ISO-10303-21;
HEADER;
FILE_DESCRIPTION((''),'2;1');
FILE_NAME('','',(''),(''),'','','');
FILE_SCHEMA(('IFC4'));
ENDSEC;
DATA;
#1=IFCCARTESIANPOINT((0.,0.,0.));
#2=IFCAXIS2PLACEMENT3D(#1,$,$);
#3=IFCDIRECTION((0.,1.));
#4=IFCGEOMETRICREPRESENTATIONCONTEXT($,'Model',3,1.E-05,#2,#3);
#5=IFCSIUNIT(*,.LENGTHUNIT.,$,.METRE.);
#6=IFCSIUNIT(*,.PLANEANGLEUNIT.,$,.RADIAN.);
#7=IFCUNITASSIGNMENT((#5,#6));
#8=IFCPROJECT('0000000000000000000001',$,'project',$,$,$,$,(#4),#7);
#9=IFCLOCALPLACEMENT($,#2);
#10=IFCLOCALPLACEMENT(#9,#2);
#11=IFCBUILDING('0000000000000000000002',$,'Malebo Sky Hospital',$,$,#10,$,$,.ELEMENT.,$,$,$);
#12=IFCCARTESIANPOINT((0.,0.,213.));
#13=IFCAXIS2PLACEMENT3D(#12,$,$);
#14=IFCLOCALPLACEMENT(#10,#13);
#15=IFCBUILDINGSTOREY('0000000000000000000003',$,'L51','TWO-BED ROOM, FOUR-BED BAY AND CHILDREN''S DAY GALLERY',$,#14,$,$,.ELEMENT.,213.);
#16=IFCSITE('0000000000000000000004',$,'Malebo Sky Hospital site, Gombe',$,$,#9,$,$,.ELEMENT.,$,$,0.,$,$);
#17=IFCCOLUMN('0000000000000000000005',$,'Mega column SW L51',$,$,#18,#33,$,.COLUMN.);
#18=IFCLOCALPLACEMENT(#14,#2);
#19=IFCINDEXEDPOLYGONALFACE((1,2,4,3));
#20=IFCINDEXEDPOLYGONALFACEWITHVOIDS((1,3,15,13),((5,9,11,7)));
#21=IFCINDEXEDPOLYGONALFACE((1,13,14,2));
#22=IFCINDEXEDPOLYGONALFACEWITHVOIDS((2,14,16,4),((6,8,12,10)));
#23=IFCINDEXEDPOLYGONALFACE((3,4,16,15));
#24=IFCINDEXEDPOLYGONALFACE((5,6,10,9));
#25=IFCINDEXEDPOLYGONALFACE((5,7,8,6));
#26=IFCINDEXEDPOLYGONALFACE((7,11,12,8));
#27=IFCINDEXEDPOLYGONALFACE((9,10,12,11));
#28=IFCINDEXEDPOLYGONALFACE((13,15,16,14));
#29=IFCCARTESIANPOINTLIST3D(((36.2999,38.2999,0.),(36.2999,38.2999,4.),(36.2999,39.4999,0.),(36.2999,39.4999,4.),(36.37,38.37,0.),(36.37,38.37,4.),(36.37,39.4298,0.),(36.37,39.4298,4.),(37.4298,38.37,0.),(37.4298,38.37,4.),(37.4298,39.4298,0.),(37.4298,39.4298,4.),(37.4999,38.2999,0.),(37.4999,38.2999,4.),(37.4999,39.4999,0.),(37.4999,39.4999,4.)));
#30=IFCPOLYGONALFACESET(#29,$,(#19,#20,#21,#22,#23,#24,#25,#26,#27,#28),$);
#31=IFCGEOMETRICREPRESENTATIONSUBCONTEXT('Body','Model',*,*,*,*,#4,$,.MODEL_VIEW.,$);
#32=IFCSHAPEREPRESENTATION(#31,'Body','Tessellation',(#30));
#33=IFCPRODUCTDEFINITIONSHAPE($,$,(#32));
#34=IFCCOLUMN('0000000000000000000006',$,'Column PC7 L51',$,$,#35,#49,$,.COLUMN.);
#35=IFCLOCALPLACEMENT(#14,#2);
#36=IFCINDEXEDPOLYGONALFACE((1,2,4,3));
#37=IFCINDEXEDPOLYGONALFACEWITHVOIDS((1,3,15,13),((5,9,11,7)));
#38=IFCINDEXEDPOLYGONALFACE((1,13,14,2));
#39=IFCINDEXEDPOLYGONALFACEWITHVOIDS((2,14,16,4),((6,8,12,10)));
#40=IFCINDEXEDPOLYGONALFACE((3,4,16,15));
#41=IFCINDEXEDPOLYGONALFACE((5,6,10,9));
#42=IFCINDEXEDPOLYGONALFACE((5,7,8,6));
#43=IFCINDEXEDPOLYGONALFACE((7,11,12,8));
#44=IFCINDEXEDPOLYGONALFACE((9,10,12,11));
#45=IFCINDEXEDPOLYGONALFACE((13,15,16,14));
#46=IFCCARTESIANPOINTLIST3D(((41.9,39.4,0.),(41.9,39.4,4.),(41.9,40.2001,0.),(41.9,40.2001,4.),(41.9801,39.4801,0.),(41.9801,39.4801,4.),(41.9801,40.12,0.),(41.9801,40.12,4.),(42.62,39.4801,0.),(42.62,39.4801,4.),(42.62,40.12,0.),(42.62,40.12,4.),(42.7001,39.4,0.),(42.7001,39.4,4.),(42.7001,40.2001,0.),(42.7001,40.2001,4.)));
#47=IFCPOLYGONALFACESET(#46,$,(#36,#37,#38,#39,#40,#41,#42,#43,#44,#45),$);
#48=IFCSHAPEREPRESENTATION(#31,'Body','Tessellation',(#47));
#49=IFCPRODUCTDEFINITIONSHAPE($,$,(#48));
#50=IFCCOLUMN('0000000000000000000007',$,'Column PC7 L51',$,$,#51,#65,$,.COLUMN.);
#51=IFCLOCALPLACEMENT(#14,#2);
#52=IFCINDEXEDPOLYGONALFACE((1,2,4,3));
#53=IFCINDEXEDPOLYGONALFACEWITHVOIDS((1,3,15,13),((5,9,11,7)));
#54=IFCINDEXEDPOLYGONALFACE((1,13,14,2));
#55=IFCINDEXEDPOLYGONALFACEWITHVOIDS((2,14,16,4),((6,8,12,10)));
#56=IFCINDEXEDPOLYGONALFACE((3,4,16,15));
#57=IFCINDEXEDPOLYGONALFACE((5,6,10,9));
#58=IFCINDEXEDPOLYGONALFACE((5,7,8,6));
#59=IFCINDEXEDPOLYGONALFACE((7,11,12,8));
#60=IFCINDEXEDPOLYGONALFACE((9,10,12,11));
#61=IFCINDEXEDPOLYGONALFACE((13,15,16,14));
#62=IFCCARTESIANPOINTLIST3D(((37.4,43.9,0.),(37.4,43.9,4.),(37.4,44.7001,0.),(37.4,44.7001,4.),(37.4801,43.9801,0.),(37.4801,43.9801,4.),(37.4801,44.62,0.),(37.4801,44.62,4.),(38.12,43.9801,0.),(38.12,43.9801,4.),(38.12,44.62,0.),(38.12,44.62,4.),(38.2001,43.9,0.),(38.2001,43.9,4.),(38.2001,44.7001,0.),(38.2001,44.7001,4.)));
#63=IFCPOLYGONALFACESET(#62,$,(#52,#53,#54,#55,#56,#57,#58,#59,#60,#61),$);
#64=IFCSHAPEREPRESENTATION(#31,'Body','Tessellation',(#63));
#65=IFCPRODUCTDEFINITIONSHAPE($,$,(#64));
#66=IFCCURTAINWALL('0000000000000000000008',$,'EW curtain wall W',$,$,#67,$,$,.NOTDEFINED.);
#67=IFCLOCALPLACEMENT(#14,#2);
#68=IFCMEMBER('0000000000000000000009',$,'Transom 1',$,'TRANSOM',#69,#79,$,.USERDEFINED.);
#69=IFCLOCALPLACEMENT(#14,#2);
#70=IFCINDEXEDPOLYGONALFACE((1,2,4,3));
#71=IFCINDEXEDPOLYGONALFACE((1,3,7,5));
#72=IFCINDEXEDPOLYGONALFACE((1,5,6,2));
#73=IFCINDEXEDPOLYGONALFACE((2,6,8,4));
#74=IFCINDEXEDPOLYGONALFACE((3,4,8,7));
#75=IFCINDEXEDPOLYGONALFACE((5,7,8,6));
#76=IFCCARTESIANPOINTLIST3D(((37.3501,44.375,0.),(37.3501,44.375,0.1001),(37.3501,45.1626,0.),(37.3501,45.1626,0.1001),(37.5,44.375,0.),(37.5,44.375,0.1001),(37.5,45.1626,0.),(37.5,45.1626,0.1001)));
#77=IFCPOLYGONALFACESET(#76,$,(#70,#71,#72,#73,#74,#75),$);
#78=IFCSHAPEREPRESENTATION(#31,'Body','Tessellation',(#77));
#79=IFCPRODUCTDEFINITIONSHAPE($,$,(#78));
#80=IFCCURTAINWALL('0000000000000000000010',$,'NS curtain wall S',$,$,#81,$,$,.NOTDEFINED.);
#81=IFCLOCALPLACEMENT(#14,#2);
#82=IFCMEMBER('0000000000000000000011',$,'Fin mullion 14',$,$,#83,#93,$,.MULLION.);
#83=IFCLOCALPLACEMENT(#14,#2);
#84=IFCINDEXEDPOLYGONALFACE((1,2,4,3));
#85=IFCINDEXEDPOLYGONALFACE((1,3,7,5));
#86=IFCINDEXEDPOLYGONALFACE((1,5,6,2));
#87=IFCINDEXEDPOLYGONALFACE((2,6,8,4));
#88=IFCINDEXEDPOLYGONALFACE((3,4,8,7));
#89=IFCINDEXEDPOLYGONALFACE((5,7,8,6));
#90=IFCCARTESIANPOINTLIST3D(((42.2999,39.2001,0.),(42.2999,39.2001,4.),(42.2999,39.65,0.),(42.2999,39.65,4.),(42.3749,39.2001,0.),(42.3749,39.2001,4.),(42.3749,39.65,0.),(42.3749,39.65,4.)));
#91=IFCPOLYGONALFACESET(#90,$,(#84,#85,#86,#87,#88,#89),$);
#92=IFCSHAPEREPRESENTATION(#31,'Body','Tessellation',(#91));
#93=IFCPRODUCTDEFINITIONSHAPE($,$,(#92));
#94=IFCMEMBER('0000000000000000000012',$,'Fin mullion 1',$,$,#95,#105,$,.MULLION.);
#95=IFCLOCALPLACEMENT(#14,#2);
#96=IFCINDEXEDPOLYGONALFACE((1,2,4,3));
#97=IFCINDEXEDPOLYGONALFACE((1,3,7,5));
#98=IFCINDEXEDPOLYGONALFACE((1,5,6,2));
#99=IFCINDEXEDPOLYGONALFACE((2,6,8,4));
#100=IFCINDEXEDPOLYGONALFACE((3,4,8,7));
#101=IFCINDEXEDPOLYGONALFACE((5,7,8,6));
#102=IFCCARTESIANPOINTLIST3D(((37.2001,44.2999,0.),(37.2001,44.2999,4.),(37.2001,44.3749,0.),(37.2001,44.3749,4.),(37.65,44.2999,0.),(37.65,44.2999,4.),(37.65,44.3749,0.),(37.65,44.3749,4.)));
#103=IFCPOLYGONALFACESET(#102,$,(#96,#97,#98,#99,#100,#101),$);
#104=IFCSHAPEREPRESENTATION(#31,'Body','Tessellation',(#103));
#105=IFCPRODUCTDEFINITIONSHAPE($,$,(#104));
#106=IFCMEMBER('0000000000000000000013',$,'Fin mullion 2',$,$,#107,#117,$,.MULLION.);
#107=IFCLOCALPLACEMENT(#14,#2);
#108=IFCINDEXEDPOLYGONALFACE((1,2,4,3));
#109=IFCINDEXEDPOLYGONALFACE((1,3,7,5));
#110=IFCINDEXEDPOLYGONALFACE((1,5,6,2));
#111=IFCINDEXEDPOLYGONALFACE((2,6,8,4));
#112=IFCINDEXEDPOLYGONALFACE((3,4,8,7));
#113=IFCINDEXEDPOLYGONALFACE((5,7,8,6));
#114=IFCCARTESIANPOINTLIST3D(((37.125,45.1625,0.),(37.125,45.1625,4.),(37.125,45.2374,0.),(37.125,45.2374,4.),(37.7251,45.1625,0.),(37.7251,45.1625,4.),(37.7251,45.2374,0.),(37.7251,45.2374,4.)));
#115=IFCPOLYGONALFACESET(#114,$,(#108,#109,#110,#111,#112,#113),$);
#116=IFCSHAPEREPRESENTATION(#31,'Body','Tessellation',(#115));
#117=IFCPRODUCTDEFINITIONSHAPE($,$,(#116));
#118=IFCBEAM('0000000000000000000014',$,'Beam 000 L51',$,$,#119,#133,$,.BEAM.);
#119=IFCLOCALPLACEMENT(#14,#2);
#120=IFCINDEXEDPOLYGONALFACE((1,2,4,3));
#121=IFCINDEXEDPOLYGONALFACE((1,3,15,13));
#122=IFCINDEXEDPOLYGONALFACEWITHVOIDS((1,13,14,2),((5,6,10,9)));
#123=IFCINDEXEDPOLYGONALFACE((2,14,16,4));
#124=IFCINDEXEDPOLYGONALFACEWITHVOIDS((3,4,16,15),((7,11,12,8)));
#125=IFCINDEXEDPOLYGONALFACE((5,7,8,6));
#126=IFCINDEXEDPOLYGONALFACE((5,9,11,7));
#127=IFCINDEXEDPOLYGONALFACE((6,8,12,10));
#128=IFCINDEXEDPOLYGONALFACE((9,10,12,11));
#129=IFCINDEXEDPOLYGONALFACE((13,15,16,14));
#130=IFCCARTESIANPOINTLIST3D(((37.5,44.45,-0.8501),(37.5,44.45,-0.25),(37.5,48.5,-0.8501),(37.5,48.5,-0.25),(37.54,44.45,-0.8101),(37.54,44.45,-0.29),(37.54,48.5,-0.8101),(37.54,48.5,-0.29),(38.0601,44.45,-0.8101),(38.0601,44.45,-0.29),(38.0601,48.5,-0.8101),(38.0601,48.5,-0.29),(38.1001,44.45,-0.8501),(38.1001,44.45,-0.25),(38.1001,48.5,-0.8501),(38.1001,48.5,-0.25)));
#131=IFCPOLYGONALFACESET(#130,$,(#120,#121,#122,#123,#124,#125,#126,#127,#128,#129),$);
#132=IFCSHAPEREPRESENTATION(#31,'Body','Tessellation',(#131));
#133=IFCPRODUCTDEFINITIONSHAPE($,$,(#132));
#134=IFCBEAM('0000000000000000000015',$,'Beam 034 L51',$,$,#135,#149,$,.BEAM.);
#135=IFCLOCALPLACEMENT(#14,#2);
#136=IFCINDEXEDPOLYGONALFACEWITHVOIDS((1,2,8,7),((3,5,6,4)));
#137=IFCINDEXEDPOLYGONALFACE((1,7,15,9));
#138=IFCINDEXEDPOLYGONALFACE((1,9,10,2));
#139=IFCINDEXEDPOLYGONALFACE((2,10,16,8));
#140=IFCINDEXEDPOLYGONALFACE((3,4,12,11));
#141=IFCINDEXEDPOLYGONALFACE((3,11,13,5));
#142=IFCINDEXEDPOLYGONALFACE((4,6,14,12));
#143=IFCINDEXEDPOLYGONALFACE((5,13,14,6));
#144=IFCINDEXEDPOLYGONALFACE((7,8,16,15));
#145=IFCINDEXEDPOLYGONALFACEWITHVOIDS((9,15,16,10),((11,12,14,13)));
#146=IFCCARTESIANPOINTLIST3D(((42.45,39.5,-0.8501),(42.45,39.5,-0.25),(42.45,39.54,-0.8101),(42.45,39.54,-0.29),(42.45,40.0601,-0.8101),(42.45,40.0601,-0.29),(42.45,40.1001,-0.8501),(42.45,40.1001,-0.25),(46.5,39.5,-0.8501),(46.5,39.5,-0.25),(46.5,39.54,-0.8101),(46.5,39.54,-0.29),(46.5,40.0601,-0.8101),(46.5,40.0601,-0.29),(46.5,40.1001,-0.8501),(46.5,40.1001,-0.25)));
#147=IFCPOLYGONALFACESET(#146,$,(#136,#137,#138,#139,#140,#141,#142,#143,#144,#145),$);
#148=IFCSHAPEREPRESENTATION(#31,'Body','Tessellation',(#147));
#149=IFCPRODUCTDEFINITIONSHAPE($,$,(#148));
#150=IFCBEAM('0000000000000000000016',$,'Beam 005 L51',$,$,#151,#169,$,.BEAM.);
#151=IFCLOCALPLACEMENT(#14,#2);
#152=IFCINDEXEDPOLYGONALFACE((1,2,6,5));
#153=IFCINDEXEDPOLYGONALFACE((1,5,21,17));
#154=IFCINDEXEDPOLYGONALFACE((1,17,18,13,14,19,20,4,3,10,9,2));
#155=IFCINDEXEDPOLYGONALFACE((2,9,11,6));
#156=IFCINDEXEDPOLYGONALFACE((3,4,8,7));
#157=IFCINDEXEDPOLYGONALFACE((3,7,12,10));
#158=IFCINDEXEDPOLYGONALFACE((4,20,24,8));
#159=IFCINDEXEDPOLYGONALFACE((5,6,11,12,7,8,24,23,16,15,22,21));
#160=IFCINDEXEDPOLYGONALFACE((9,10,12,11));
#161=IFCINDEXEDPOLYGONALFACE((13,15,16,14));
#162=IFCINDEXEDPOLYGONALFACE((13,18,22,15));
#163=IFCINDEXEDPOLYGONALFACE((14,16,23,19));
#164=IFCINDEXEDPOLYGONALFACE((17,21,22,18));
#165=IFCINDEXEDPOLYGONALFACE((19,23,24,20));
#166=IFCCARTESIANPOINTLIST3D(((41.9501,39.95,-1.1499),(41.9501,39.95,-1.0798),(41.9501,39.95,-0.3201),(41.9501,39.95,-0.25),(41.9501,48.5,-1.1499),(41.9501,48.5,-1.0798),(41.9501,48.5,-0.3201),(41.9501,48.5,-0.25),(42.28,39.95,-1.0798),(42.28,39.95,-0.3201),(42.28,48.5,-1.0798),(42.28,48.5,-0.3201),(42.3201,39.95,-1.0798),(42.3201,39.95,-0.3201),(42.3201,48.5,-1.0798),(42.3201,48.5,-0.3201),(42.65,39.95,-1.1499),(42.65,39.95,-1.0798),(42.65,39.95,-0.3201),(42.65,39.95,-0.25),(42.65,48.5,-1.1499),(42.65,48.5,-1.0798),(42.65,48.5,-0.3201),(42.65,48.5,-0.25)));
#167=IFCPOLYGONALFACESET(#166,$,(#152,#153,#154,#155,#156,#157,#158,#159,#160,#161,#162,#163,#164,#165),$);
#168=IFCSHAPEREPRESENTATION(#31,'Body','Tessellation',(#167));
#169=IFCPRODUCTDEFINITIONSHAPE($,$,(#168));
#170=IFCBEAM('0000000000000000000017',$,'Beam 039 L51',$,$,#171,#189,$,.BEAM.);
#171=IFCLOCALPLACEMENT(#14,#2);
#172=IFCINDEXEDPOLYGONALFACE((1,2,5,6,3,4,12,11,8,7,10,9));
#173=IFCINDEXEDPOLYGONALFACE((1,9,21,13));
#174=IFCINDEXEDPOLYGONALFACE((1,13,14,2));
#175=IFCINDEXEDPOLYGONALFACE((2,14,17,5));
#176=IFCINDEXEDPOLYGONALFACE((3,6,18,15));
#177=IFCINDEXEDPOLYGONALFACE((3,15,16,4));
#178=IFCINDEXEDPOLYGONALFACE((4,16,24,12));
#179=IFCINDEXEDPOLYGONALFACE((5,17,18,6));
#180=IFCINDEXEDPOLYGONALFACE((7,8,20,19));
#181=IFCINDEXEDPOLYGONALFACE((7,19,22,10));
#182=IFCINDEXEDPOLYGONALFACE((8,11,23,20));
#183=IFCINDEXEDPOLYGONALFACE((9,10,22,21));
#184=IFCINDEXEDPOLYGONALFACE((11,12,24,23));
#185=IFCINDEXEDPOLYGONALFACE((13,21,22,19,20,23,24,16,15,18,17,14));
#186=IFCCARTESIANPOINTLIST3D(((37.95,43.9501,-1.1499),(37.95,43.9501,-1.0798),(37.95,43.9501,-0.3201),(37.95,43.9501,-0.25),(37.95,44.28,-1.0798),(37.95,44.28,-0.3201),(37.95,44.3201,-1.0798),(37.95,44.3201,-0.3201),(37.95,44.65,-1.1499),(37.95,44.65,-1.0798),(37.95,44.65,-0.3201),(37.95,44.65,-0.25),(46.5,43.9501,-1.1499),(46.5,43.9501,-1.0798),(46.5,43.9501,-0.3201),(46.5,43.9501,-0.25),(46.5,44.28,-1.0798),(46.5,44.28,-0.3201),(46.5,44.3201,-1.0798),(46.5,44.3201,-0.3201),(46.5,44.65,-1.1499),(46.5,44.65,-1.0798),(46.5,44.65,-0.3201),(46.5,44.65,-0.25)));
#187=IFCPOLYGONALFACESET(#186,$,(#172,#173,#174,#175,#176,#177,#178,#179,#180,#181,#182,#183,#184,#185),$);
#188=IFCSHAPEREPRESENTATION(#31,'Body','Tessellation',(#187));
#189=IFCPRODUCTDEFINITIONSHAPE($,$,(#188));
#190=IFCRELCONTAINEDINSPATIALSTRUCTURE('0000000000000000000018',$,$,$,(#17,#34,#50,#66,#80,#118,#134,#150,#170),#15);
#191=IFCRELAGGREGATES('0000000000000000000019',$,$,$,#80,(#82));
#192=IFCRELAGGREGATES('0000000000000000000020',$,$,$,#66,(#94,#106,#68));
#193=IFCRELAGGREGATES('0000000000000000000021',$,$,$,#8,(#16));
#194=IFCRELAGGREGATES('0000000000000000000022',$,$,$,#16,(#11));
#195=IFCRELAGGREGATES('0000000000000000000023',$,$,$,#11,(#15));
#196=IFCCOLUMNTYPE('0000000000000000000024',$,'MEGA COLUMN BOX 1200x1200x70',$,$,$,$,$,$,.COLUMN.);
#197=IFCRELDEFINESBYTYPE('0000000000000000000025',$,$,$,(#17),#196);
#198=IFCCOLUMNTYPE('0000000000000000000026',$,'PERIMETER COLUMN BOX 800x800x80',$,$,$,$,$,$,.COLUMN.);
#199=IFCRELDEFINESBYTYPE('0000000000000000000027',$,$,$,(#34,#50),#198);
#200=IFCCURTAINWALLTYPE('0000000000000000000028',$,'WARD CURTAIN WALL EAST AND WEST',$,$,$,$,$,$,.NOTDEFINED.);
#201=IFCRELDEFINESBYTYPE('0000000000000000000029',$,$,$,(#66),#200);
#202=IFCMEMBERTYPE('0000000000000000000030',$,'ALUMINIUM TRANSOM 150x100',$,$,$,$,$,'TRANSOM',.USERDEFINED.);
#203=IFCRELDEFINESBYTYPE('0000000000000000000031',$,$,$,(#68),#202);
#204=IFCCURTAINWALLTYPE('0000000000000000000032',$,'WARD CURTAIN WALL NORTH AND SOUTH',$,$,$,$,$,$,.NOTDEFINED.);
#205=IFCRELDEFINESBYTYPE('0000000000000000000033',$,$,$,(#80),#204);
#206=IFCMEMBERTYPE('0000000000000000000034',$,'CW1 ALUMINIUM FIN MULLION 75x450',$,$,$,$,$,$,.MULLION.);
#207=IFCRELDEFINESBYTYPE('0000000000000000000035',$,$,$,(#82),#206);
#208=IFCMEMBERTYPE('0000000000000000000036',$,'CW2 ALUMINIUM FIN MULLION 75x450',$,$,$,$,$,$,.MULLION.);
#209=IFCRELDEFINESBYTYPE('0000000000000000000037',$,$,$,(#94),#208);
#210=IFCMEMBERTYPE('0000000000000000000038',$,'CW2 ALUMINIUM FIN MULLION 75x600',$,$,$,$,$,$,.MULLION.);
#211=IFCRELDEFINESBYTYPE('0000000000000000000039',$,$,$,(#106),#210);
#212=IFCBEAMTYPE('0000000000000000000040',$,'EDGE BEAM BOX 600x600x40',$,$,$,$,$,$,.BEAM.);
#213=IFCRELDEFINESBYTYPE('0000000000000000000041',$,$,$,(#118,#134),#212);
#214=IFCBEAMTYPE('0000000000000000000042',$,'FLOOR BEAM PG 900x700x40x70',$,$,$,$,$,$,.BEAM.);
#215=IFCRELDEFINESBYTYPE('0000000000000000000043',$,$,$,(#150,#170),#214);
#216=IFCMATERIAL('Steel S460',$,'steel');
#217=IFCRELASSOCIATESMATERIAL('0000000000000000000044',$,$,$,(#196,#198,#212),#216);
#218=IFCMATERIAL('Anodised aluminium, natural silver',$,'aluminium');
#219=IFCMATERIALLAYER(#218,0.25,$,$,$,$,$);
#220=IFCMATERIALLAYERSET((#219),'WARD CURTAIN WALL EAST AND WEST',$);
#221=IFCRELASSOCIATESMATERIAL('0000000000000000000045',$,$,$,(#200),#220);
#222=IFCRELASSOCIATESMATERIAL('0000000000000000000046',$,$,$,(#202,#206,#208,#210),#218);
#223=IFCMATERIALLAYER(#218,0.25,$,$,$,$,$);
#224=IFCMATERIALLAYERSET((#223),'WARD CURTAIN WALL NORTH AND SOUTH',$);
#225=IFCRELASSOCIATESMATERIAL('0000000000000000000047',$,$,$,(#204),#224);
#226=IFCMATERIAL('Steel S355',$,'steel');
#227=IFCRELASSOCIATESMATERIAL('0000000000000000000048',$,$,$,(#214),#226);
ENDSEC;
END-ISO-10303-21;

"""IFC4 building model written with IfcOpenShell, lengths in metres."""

from ifc_helpers import new_model, si_unit, direction, frame, origin, origin_2d, place, context, subcontext, project, spatial, rectangle, hollow_rectangle, i_section, extrude, material, layer, layer_set, material_profile, profile_set, type_object, element, aggregate, save


model = new_model("IFC4")

# Units and contexts
model_context = context("Model", 3, precision=1e-05, world=origin(), true_north=direction((0.0, 1.0)))
body_context = subcontext(model_context, "Body", "Model", "MODEL_VIEW")
ifc_project = project(units=[si_unit("LENGTHUNIT", "METRE"), si_unit("PLANEANGLEUNIT", "RADIAN")], contexts=[model_context])

# Site, building, storey
site_placement = place(None, origin())
site = spatial("IfcSite", under=ifc_project, at=site_placement, Name="Malebo Sky Hospital site, Gombe", CompositionType="ELEMENT", RefElevation=0.0)
building_placement = place(site_placement, origin())
building = spatial("IfcBuilding", under=site, at=building_placement, Name="Malebo Sky Hospital", CompositionType="ELEMENT")
storey_placement = place(building_placement, frame((0.0, 0.0, 213.0)))
storey = spatial("IfcBuildingStorey", under=building, at=storey_placement, Name="L51", Description="TWO-BED ROOM, FOUR-BED BAY AND CHILDREN'S DAY GALLERY", CompositionType="ELEMENT", Elevation=213.0)

# Columns
ifc_material_1 = material(Name="Steel S460", Category="steel")
ifc_material_profile_1 = material_profile(ifc_material_1, hollow_rectangle(XDim=1.2, YDim=1.2, WallThickness=0.0701, at=origin_2d()), Name="BOX 1200x1200x70")
ifc_profile_set_1 = profile_set([ifc_material_profile_1], Name="Steel S460")
column_type_1 = type_object("IfcColumnType", Name="MEGA COLUMN BOX 1200x1200x70", PredefinedType="COLUMN", material=ifc_profile_set_1)
column_placement = place(storey_placement, frame((36.8999, 38.8999, 0.0), z_axis=(0.0, 0.0, 1.0), x_axis=(1.0, 0.0, 0.0)))
element("IfcColumn", 1, at=column_placement, inside=storey, type_object=column_type_1, Name="Mega column SW L51", PredefinedType="COLUMN", context=body_context, shape_type="SweptSolid", body=[
    extrude(hollow_rectangle(XDim=1.2, YDim=1.2, WallThickness=0.0701, at=origin_2d()), origin(), (0.0, 0.0, 1.0), 4.0),
])
ifc_material_profile_2 = material_profile(ifc_material_1, hollow_rectangle(XDim=0.8, YDim=0.8, WallThickness=0.0801, at=origin_2d()), Name="BOX 800x800x80")
ifc_profile_set_2 = profile_set([ifc_material_profile_2], Name="Steel S460")
column_type_2 = type_object("IfcColumnType", Name="PERIMETER COLUMN BOX 800x800x80", PredefinedType="COLUMN", material=ifc_profile_set_2)
for number, where, z_axis, x_axis, name in (
    (2, (42.3, 39.8, 0.0), (0.0, 0.0, 1.0), (1.0, 0.0, 0.0), "Column PC7 L51"),
    (3, (37.8, 44.3, 0.0), (0.0, 0.0, 1.0), (1.0, 0.0, 0.0), "Column PC7 L51"),
):
    element("IfcColumn", number, at=place(storey_placement, frame(where, z_axis=z_axis, x_axis=x_axis)), inside=storey, type_object=column_type_2, Name=name, PredefinedType="COLUMN", context=body_context, shape_type="SweptSolid", body=[
        extrude(hollow_rectangle(XDim=0.8, YDim=0.8, WallThickness=0.0801, at=origin_2d()), origin(), (0.0, 0.0, 1.0), 4.0),
    ])

# Curtain walls, members
ifc_material_2 = material(Name="Anodised aluminium, natural silver", Category="aluminium")
ifc_layer_1 = layer(ifc_material_2, 0.25)
ifc_layer_set_1 = layer_set([ifc_layer_1], Name="WARD CURTAIN WALL EAST AND WEST")
curtain_wall_type_1 = type_object("IfcCurtainWallType", Name="WARD CURTAIN WALL EAST AND WEST", PredefinedType="NOTDEFINED", material=ifc_layer_set_1)
curtain_wall_1_placement = place(storey_placement, origin())
curtain_wall_1 = element("IfcCurtainWall", 4, at=curtain_wall_1_placement, inside=storey, type_object=curtain_wall_type_1, Name="EW curtain wall W", PredefinedType="NOTDEFINED")
ifc_material_profile_3 = material_profile(ifc_material_2, rectangle(XDim=0.1499, YDim=0.1001, at=origin_2d()), Name="ALUMINIUM TRANSOM 150x100")
ifc_profile_set_3 = profile_set([ifc_material_profile_3], Name="Anodised aluminium, natural silver")
member_type_1 = type_object("IfcMemberType", Name="ALUMINIUM TRANSOM 150x100", ElementType="TRANSOM", PredefinedType="USERDEFINED", material=ifc_profile_set_3)
member_1_placement = place(storey_placement, frame((37.425, 44.375, 0.05), z_axis=(0.0, 1.0, 0.0), x_axis=(-1.0, 0.0, 0.0)))
member_1 = element("IfcMember", 5, at=member_1_placement, type_object=member_type_1, Name="Transom 1", ObjectType="TRANSOM", PredefinedType="USERDEFINED", context=body_context, shape_type="SweptSolid", body=[
    extrude(rectangle(XDim=0.1499, YDim=0.1001, at=origin_2d()), origin(), (0.0, 0.0, 1.0), 0.7876),
])
ifc_layer_2 = layer(ifc_material_2, 0.25)
ifc_layer_set_2 = layer_set([ifc_layer_2], Name="WARD CURTAIN WALL NORTH AND SOUTH")
curtain_wall_type_2 = type_object("IfcCurtainWallType", Name="WARD CURTAIN WALL NORTH AND SOUTH", PredefinedType="NOTDEFINED", material=ifc_layer_set_2)
curtain_wall_2_placement = place(storey_placement, origin())
curtain_wall_2 = element("IfcCurtainWall", 6, at=curtain_wall_2_placement, inside=storey, type_object=curtain_wall_type_2, Name="NS curtain wall S", PredefinedType="NOTDEFINED")
ifc_material_profile_4 = material_profile(ifc_material_2, rectangle(XDim=0.075, YDim=0.45, at=origin_2d()), Name="CW1 ALUMINIUM FIN MULLION 75x450")
ifc_profile_set_4 = profile_set([ifc_material_profile_4], Name="Anodised aluminium, natural silver")
member_type_2 = type_object("IfcMemberType", Name="CW1 ALUMINIUM FIN MULLION 75x450", PredefinedType="MULLION", material=ifc_profile_set_4)
member_2_placement = place(storey_placement, frame((42.3374, 39.425, 0.0), z_axis=(0.0, 0.0, 1.0), x_axis=(-1.0, 0.0, 0.0)))
member_2 = element("IfcMember", 7, at=member_2_placement, type_object=member_type_2, Name="Fin mullion 14", PredefinedType="MULLION", context=body_context, shape_type="SweptSolid", body=[
    extrude(rectangle(XDim=0.075, YDim=0.45, at=origin_2d()), origin(), (0.0, 0.0, 1.0), 4.0),
])
aggregate(curtain_wall_2, [member_2])

# Members
ifc_material_profile_5 = material_profile(ifc_material_2, rectangle(XDim=0.075, YDim=0.45, at=origin_2d()), Name="CW2 ALUMINIUM FIN MULLION 75x450")
ifc_profile_set_5 = profile_set([ifc_material_profile_5], Name="Anodised aluminium, natural silver")
member_type_3 = type_object("IfcMemberType", Name="CW2 ALUMINIUM FIN MULLION 75x450", PredefinedType="MULLION", material=ifc_profile_set_5)
member_3_placement = place(storey_placement, frame((37.425, 44.3374, 0.0), z_axis=(0.0, 0.0, 1.0), x_axis=(0.0, 1.0, 0.0)))
member_3 = element("IfcMember", 8, at=member_3_placement, type_object=member_type_3, Name="Fin mullion 1", PredefinedType="MULLION", context=body_context, shape_type="SweptSolid", body=[
    extrude(rectangle(XDim=0.075, YDim=0.45, at=origin_2d()), origin(), (0.0, 0.0, 1.0), 4.0),
])
ifc_material_profile_6 = material_profile(ifc_material_2, rectangle(XDim=0.075, YDim=0.6001, at=origin_2d()), Name="CW2 ALUMINIUM FIN MULLION 75x600")
ifc_profile_set_6 = profile_set([ifc_material_profile_6], Name="Anodised aluminium, natural silver")
member_type_4 = type_object("IfcMemberType", Name="CW2 ALUMINIUM FIN MULLION 75x600", PredefinedType="MULLION", material=ifc_profile_set_6)
member_4_placement = place(storey_placement, frame((37.425, 45.2, 0.0), z_axis=(0.0, 0.0, 1.0), x_axis=(0.0, 1.0, 0.0)))
member_4 = element("IfcMember", 9, at=member_4_placement, type_object=member_type_4, Name="Fin mullion 2", PredefinedType="MULLION", context=body_context, shape_type="SweptSolid", body=[
    extrude(rectangle(XDim=0.075, YDim=0.6001, at=origin_2d()), origin(), (0.0, 0.0, 1.0), 4.0),
])

# Beams
ifc_material_profile_7 = material_profile(ifc_material_1, hollow_rectangle(XDim=0.6001, YDim=0.6001, WallThickness=0.04, at=origin_2d()), Name="BOX 600x600x40")
ifc_profile_set_7 = profile_set([ifc_material_profile_7], Name="Steel S460")
beam_type_1 = type_object("IfcBeamType", Name="EDGE BEAM BOX 600x600x40", PredefinedType="BEAM", material=ifc_profile_set_7)
for number, where, z_axis, x_axis, name in (
    (10, (37.8, 44.45, -0.55), (0.0, 1.0, 0.0), (-1.0, 0.0, 0.0), "Beam 000 L51"),
    (11, (42.45, 39.8, -0.55), (1.0, 0.0, 0.0), (0.0, 1.0, 0.0), "Beam 034 L51"),
):
    element("IfcBeam", number, at=place(storey_placement, frame(where, z_axis=z_axis, x_axis=x_axis)), inside=storey, type_object=beam_type_1, Name=name, PredefinedType="BEAM", context=body_context, shape_type="SweptSolid", body=[
        extrude(hollow_rectangle(XDim=0.6001, YDim=0.6001, WallThickness=0.04, at=origin_2d()), origin(), (0.0, 0.0, 1.0), 4.05),
    ])
ifc_material_3 = material(Name="Steel S355", Category="steel")
ifc_material_profile_8 = material_profile(ifc_material_3, i_section(OverallWidth=0.7, OverallDepth=0.8999, WebThickness=0.04, FlangeThickness=0.0701, at=origin_2d()), Name="PG 900x700x40x70")
ifc_profile_set_8 = profile_set([ifc_material_profile_8], Name="Steel S355")
beam_type_2 = type_object("IfcBeamType", Name="FLOOR BEAM PG 900x700x40x70", PredefinedType="BEAM", material=ifc_profile_set_8)
for number, where, z_axis, x_axis, name in (
    (12, (42.3, 39.95, -0.7), (0.0, 1.0, 0.0), (-1.0, 0.0, 0.0), "Beam 005 L51"),
    (13, (37.95, 44.3, -0.7), (1.0, 0.0, 0.0), (0.0, 1.0, 0.0), "Beam 039 L51"),
):
    element("IfcBeam", number, at=place(storey_placement, frame(where, z_axis=z_axis, x_axis=x_axis)), inside=storey, type_object=beam_type_2, Name=name, PredefinedType="BEAM", context=body_context, shape_type="SweptSolid", body=[
        extrude(i_section(OverallWidth=0.7, OverallDepth=0.8999, WebThickness=0.04, FlangeThickness=0.0701, at=origin_2d()), origin(), (0.0, 0.0, 1.0), 8.55),
    ])

aggregate(curtain_wall_1, [member_3, member_4, member_1])

save(model, "model.ifc")
